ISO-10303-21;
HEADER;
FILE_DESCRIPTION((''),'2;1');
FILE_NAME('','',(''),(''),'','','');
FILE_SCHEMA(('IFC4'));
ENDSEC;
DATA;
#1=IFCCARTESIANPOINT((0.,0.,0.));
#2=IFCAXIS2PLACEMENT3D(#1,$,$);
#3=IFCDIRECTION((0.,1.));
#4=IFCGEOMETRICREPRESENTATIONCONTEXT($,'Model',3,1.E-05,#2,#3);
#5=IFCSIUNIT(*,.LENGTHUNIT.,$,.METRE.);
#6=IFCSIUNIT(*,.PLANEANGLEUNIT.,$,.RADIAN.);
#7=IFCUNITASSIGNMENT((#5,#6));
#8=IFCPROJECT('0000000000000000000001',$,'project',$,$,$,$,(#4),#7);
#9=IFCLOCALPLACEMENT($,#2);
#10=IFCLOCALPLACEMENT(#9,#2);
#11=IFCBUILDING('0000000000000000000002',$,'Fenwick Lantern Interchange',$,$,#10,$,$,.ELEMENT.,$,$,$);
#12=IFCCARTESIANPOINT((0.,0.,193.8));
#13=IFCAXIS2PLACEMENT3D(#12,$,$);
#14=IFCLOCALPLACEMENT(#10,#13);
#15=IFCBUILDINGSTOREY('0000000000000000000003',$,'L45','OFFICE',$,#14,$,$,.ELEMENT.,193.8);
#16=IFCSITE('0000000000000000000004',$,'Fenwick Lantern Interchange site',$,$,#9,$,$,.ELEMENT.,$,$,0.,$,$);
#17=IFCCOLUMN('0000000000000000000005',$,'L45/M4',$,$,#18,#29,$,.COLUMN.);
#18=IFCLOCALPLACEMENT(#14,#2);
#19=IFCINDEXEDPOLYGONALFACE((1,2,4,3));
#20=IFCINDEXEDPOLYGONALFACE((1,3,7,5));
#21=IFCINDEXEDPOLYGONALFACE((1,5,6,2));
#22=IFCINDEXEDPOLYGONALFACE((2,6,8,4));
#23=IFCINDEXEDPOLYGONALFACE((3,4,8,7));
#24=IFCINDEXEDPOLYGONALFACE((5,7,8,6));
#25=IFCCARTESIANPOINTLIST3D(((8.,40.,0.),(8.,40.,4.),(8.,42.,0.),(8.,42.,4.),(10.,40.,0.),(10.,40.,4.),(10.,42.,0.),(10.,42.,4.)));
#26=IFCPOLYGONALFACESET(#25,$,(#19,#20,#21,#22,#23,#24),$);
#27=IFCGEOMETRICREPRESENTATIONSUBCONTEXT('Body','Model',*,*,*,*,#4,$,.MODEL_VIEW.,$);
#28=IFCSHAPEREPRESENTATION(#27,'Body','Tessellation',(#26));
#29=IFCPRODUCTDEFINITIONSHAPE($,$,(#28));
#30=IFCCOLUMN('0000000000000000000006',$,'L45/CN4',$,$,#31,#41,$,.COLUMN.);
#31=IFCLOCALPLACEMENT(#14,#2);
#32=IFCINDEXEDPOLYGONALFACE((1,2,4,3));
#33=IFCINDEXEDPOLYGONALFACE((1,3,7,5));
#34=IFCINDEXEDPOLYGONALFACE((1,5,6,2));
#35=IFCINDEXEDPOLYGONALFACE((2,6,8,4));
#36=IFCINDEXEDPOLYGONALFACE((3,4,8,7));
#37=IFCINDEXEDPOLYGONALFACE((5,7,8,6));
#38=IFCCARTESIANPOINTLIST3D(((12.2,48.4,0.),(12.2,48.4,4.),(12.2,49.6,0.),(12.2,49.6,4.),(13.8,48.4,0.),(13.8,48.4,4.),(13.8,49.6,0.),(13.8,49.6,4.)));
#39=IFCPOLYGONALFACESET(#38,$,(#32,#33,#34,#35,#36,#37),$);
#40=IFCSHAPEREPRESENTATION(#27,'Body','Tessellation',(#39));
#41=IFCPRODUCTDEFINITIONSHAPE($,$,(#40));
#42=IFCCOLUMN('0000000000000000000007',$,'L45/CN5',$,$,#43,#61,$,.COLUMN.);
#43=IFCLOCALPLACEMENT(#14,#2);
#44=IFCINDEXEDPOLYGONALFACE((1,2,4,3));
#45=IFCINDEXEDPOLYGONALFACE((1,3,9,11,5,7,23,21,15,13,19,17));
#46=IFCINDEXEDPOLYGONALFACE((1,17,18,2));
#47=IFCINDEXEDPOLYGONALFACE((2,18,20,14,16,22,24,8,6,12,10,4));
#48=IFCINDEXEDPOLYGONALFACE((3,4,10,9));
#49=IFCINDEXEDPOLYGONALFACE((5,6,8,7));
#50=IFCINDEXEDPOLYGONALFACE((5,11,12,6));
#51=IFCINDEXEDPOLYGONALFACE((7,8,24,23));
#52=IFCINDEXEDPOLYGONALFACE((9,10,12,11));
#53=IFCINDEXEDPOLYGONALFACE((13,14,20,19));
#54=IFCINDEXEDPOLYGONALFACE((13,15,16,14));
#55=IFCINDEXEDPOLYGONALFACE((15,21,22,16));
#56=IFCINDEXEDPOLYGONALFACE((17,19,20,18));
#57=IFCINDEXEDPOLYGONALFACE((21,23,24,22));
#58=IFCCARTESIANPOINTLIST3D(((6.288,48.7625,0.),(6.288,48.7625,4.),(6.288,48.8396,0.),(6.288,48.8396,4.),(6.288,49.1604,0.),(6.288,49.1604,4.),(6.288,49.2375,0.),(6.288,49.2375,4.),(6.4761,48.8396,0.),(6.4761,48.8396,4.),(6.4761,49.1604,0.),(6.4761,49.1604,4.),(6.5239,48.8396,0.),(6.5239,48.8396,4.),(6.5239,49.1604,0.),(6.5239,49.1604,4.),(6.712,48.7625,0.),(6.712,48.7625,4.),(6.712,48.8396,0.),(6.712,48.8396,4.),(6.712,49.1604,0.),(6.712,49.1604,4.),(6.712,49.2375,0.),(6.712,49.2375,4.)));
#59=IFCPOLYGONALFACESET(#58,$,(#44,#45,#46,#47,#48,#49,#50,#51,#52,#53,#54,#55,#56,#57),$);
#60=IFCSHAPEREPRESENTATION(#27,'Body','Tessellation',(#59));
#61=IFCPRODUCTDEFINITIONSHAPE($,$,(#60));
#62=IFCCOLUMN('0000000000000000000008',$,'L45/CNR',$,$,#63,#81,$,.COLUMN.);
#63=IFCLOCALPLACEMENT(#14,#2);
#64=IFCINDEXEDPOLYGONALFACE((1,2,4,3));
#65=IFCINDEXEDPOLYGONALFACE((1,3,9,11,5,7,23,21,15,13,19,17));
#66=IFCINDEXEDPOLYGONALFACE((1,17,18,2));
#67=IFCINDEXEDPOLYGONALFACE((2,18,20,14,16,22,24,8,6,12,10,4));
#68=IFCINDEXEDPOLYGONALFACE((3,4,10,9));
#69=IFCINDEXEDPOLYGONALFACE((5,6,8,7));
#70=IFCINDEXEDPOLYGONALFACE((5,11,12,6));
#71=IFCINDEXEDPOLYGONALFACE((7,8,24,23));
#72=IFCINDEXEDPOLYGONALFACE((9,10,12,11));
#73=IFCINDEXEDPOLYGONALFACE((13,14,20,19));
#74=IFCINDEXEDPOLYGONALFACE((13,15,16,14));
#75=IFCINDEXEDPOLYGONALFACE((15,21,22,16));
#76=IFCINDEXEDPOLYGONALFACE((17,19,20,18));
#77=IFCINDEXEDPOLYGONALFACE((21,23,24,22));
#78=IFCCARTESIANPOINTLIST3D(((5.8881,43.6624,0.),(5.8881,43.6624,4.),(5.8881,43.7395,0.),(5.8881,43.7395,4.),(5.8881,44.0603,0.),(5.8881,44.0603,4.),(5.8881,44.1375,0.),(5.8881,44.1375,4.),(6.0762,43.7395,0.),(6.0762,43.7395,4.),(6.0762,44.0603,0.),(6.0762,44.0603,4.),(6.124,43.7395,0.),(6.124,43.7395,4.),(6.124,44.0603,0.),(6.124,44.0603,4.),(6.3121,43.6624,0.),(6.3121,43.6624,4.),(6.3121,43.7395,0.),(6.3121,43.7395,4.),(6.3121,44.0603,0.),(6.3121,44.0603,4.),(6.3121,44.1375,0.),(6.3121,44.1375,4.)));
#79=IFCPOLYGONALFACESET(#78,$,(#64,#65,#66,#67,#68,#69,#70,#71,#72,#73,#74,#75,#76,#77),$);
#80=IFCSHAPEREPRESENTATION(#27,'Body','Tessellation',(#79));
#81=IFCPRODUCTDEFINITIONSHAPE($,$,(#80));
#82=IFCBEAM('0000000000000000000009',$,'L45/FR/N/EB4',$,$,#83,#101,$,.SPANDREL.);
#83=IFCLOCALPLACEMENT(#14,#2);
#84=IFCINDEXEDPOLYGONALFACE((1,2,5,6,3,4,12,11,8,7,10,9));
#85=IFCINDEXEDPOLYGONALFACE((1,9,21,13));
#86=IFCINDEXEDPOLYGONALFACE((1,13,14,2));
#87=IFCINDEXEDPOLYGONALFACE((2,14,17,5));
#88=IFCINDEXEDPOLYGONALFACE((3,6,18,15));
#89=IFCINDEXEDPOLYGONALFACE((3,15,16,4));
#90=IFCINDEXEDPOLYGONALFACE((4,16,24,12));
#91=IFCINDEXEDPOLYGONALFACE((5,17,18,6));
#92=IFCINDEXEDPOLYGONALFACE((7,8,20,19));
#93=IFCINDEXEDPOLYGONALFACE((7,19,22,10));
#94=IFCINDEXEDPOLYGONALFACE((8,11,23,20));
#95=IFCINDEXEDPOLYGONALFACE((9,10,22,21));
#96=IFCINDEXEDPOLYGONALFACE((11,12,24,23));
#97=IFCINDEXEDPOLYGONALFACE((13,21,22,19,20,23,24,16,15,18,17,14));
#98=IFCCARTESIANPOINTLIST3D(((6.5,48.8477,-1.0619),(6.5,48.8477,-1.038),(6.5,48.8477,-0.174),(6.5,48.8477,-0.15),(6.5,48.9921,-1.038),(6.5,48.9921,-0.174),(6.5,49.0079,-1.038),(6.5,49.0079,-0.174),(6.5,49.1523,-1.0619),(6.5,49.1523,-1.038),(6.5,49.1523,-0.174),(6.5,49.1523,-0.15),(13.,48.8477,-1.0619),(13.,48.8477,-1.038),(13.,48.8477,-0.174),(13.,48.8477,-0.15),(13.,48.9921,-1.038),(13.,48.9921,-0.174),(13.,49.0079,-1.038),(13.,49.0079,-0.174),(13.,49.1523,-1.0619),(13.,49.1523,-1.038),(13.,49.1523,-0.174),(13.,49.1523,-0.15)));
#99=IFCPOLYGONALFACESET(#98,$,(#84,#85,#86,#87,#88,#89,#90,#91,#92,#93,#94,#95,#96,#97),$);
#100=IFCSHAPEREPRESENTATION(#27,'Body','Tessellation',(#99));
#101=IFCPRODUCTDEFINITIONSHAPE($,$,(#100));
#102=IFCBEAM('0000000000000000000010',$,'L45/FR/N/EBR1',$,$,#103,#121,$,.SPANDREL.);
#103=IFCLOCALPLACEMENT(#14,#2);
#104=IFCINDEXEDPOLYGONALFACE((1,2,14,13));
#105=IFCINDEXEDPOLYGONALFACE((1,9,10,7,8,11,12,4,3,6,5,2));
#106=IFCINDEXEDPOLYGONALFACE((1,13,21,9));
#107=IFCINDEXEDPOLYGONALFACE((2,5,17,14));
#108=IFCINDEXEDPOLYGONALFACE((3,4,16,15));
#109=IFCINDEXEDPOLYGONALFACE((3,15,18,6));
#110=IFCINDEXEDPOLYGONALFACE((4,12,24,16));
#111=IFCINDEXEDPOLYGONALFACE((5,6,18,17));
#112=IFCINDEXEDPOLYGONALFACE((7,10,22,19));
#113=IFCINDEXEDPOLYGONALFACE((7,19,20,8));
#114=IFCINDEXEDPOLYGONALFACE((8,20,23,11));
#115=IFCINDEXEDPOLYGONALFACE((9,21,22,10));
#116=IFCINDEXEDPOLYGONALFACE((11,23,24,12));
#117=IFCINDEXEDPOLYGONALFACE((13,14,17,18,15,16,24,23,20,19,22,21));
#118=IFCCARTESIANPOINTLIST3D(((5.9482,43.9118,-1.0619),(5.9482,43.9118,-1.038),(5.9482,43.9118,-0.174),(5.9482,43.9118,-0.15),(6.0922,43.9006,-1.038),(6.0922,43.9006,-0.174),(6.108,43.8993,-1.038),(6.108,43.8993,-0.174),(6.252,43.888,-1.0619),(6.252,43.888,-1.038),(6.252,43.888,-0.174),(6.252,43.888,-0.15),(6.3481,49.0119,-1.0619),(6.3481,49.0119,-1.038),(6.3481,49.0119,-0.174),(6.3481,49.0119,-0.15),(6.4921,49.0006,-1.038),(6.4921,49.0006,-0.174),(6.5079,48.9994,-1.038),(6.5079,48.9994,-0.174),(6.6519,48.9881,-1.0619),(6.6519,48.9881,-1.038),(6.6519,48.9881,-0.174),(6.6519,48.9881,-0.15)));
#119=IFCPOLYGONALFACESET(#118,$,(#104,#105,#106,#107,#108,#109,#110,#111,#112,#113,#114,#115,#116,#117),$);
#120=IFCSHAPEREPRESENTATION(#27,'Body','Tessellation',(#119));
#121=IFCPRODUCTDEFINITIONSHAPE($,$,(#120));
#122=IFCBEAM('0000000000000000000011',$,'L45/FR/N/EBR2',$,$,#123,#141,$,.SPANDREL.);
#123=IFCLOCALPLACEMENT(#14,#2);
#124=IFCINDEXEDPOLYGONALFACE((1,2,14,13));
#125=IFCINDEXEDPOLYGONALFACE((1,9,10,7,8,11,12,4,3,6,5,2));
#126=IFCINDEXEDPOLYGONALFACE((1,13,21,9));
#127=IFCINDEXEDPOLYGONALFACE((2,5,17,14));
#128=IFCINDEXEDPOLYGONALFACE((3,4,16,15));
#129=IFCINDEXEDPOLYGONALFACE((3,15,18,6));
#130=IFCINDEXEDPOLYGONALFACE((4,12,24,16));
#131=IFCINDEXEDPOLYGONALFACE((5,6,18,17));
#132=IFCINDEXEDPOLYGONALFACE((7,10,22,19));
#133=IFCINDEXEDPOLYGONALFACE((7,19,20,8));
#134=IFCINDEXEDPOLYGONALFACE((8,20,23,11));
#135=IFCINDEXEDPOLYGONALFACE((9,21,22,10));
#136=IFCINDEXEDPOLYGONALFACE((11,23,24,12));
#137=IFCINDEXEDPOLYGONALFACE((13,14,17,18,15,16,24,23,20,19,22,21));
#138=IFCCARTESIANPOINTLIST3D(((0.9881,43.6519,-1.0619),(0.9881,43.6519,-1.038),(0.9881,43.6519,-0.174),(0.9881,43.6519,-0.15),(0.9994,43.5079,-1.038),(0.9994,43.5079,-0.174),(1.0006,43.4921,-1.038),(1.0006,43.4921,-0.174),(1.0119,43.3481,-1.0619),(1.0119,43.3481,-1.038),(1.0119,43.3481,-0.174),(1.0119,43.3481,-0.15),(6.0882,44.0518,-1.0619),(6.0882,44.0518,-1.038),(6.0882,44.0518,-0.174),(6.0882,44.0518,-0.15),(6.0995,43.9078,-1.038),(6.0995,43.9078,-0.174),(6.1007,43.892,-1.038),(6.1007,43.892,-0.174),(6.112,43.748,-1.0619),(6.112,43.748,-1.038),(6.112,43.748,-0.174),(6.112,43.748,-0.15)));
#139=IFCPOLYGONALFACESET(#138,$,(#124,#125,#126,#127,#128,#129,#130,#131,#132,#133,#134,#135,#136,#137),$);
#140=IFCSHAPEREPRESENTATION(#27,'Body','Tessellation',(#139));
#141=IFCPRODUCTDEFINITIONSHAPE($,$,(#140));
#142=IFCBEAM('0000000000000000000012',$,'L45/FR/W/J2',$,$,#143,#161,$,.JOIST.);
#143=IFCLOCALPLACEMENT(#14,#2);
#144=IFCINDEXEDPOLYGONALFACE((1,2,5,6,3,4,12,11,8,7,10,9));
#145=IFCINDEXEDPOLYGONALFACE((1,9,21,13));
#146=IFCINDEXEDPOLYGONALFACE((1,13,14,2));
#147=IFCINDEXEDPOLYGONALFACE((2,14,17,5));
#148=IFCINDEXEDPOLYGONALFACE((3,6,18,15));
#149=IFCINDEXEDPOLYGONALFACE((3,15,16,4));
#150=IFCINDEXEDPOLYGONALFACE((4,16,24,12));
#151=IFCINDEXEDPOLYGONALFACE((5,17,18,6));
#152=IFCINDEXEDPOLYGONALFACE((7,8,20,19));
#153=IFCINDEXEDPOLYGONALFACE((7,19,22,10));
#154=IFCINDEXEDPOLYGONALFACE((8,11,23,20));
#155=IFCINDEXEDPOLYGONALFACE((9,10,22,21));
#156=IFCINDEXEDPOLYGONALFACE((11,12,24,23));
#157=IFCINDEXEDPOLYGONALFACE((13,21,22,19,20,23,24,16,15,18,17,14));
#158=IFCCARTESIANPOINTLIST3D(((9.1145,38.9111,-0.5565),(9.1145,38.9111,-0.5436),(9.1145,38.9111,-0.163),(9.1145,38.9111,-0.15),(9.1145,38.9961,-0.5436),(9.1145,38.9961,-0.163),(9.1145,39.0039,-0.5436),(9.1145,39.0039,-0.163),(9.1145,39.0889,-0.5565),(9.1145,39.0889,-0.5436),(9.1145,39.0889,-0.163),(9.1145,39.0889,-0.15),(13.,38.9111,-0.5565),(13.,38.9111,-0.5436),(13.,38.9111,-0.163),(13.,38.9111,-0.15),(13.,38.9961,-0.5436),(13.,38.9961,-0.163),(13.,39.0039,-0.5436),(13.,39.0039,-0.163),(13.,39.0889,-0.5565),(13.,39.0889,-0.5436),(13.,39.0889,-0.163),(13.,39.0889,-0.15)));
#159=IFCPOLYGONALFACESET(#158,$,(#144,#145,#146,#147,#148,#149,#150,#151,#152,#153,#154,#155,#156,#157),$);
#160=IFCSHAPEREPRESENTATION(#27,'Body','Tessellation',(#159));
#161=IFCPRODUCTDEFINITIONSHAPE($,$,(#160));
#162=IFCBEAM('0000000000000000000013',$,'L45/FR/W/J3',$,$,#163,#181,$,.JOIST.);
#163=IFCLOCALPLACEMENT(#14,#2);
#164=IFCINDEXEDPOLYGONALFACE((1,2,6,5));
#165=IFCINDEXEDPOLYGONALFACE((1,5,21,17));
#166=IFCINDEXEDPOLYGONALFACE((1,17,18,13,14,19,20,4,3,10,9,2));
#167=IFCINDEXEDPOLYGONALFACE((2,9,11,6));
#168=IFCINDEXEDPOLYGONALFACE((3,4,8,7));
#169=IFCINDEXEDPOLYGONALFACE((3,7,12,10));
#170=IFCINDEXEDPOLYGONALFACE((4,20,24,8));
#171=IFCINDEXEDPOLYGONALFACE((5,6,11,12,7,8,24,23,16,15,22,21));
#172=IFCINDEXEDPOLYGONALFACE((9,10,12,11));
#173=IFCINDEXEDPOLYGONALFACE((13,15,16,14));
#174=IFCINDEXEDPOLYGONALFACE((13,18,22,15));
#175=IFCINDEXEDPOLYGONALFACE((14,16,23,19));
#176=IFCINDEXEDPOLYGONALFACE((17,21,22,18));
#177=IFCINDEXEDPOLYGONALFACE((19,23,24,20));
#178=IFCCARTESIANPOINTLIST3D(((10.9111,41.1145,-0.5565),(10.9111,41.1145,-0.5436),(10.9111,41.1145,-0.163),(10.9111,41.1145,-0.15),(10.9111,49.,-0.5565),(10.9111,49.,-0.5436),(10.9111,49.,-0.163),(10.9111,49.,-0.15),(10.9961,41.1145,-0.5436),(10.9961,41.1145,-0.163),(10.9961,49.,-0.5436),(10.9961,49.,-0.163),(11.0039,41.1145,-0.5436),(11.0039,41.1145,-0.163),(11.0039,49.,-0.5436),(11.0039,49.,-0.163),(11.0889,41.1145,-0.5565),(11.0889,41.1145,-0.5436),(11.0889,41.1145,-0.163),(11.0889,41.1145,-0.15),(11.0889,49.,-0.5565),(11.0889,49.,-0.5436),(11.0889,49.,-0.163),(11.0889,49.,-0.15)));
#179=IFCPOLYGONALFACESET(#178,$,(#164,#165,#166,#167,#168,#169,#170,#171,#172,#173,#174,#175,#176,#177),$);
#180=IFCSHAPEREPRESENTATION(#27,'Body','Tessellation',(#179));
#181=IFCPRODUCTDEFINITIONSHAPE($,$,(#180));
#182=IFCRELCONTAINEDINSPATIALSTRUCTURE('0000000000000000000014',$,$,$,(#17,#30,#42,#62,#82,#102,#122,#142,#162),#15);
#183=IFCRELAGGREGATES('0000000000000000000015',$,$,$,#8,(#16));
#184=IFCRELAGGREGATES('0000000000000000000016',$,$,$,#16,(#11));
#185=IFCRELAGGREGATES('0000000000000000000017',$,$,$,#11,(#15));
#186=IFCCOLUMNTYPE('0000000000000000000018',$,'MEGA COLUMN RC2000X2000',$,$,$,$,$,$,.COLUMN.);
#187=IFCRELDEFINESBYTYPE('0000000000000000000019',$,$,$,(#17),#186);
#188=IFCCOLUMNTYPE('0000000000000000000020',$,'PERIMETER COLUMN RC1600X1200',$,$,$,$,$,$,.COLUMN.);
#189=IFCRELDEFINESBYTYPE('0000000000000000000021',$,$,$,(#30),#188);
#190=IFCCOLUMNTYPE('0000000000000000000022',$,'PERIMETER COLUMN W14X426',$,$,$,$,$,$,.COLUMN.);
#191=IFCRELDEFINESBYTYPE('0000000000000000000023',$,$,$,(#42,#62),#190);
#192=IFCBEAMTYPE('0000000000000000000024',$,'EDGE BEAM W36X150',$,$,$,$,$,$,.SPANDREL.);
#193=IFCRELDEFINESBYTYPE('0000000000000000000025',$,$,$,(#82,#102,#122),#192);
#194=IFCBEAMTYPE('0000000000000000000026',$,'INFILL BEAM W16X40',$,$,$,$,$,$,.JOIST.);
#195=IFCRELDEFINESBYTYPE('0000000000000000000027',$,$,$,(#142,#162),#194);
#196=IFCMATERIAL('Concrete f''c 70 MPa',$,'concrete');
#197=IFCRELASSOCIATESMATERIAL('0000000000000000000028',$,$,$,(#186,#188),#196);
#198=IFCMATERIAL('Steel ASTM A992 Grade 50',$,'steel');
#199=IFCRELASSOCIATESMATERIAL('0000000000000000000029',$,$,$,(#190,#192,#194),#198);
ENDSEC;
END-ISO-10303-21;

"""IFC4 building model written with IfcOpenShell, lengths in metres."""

from ifc_helpers import new_model, si_unit, direction, frame, origin, origin_2d, place, context, subcontext, project, spatial, rectangle, i_section, extrude, material, material_profile, profile_set, type_object, element, save


model = new_model("IFC4")

# Units and contexts
model_context = context("Model", 3, precision=1e-05, world=origin(), true_north=direction((0.0, 1.0)))
body_context = subcontext(model_context, "Body", "Model", "MODEL_VIEW")
ifc_project = project(units=[si_unit("LENGTHUNIT", "METRE"), si_unit("PLANEANGLEUNIT", "RADIAN")], contexts=[model_context])

# Site, building, storey
site_placement = place(None, origin())
site = spatial("IfcSite", under=ifc_project, at=site_placement, Name="Fenwick Lantern Interchange site", CompositionType="ELEMENT", RefElevation=0.0)
building_placement = place(site_placement, origin())
building = spatial("IfcBuilding", under=site, at=building_placement, Name="Fenwick Lantern Interchange", CompositionType="ELEMENT")
storey_placement = place(building_placement, frame((0.0, 0.0, 193.8)))
storey = spatial("IfcBuildingStorey", under=building, at=storey_placement, Name="L45", Description="OFFICE", CompositionType="ELEMENT", Elevation=193.8)

# Columns
ifc_material_1 = material(Name="Concrete f'c 70 MPa", Category="concrete")
ifc_material_profile_1 = material_profile(ifc_material_1, rectangle(XDim=2.0, YDim=2.0, at=origin_2d()), Name="RC2000X2000")
ifc_profile_set_1 = profile_set([ifc_material_profile_1], Name="Concrete f'c 70 MPa")
column_type_1 = type_object("IfcColumnType", Name="MEGA COLUMN RC2000X2000", PredefinedType="COLUMN", material=ifc_profile_set_1)
column_1_placement = place(storey_placement, frame((9.0, 41.0, 0.0), z_axis=(0.0, 0.0, 1.0), x_axis=(1.0, 0.0, 0.0)))
element("IfcColumn", 1, at=column_1_placement, inside=storey, type_object=column_type_1, Name="L45/M4", PredefinedType="COLUMN", context=body_context, shape_type="SweptSolid", body=[
    extrude(rectangle(XDim=2.0, YDim=2.0, at=origin_2d()), origin(), (0.0, 0.0, 1.0), 4.0),
])
ifc_material_profile_2 = material_profile(ifc_material_1, rectangle(XDim=1.6001, YDim=1.2, at=origin_2d()), Name="RC1600X1200")
ifc_profile_set_2 = profile_set([ifc_material_profile_2], Name="Concrete f'c 70 MPa")
column_type_2 = type_object("IfcColumnType", Name="PERIMETER COLUMN RC1600X1200", PredefinedType="COLUMN", material=ifc_profile_set_2)
column_2_placement = place(storey_placement, frame((13.0, 49.0, 0.0), z_axis=(0.0, 0.0, 1.0), x_axis=(1.0, 0.0, 0.0)))
element("IfcColumn", 2, at=column_2_placement, inside=storey, type_object=column_type_2, Name="L45/CN4", PredefinedType="COLUMN", context=body_context, shape_type="SweptSolid", body=[
    extrude(rectangle(XDim=1.6001, YDim=1.2, at=origin_2d()), origin(), (0.0, 0.0, 1.0), 4.0),
])
ifc_material_2 = material(Name="Steel ASTM A992 Grade 50", Category="steel")
ifc_material_profile_3 = material_profile(ifc_material_2, i_section(OverallWidth=0.4241, OverallDepth=0.4751, WebThickness=0.0479, FlangeThickness=0.0771, at=origin_2d()), Name="W14X426")
ifc_profile_set_3 = profile_set([ifc_material_profile_3], Name="Steel ASTM A992 Grade 50")
column_type_3 = type_object("IfcColumnType", Name="PERIMETER COLUMN W14X426", PredefinedType="COLUMN", material=ifc_profile_set_3)
for number, where, z_axis, x_axis, name in (
    (3, (6.5, 49.0, 0.0), (0.0, 0.0, 1.0), (1.0, 0.0, 0.0), "L45/CN5"),
    (4, (6.1001, 43.8999, 0.0), (0.0, 0.0, 1.0), (1.0, 0.0, 0.0), "L45/CNR"),
):
    element("IfcColumn", number, at=place(storey_placement, frame(where, z_axis=z_axis, x_axis=x_axis)), inside=storey, type_object=column_type_3, Name=name, PredefinedType="COLUMN", context=body_context, shape_type="SweptSolid", body=[
        extrude(i_section(OverallWidth=0.4241, OverallDepth=0.4751, WebThickness=0.0479, FlangeThickness=0.0771, at=origin_2d()), origin(), (0.0, 0.0, 1.0), 4.0),
    ])

# Beams
ifc_material_profile_4 = material_profile(ifc_material_2, i_section(OverallWidth=0.3047, OverallDepth=0.9119, WebThickness=0.0159, FlangeThickness=0.0239, at=origin_2d()), Name="W36X150")
ifc_profile_set_4 = profile_set([ifc_material_profile_4], Name="Steel ASTM A992 Grade 50")
beam_type_1 = type_object("IfcBeamType", Name="EDGE BEAM W36X150", PredefinedType="SPANDREL", material=ifc_profile_set_4)
beam_1_placement = place(storey_placement, frame((13.0, 49.0, -0.606), z_axis=(-1.0, 0.0, 0.0), x_axis=(0.0, -1.0, 0.0)))
element("IfcBeam", 5, at=beam_1_placement, inside=storey, type_object=beam_type_1, Name="L45/FR/N/EB4", PredefinedType="SPANDREL", context=body_context, shape_type="SweptSolid", body=[
    extrude(i_section(OverallWidth=0.3047, OverallDepth=0.9119, WebThickness=0.0159, FlangeThickness=0.0239, at=origin_2d()), origin(), (0.0, 0.0, 1.0), 6.5),
])
for number, where, z_axis, x_axis, name in (
    (6, (6.5, 49.0, -0.606), (-0.078171, -0.99694, 0.0), (0.99694, -0.078171, 0.0), "L45/FR/N/EBR1"),
    (7, (6.1001, 43.8999, -0.606), (-0.99694, -0.078171, 0.0), (0.078171, -0.99694, 0.0), "L45/FR/N/EBR2"),
):
    element("IfcBeam", number, at=place(storey_placement, frame(where, z_axis=z_axis, x_axis=x_axis)), inside=storey, type_object=beam_type_1, Name=name, PredefinedType="SPANDREL", context=body_context, shape_type="SweptSolid", body=[
        extrude(i_section(OverallWidth=0.3047, OverallDepth=0.9119, WebThickness=0.0159, FlangeThickness=0.0239, at=origin_2d()), origin(), (0.0, 0.0, 1.0), 5.1157),
    ])
ifc_material_profile_5 = material_profile(ifc_material_2, i_section(OverallWidth=0.1777, OverallDepth=0.4065, WebThickness=0.0078, FlangeThickness=0.0129, at=origin_2d()), Name="W16X40")
ifc_profile_set_5 = profile_set([ifc_material_profile_5], Name="Steel ASTM A992 Grade 50")
beam_type_2 = type_object("IfcBeamType", Name="INFILL BEAM W16X40", PredefinedType="JOIST", material=ifc_profile_set_5)
beam_2_placement = place(storey_placement, frame((9.1145, 39.0, -0.3533), z_axis=(1.0, 0.0, 0.0), x_axis=(0.0, 1.0, 0.0)))
element("IfcBeam", 8, at=beam_2_placement, inside=storey, type_object=beam_type_2, Name="L45/FR/W/J2", PredefinedType="JOIST", context=body_context, shape_type="SweptSolid", body=[
    extrude(i_section(OverallWidth=0.1777, OverallDepth=0.4065, WebThickness=0.0078, FlangeThickness=0.0129, at=origin_2d()), origin(), (0.0, 0.0, 1.0), 3.8855),
])
beam_3_placement = place(storey_placement, frame((11.0, 49.0, -0.3533), z_axis=(0.0, -1.0, 0.0), x_axis=(1.0, 0.0, 0.0)))
element("IfcBeam", 9, at=beam_3_placement, inside=storey, type_object=beam_type_2, Name="L45/FR/W/J3", PredefinedType="JOIST", context=body_context, shape_type="SweptSolid", body=[
    extrude(i_section(OverallWidth=0.1777, OverallDepth=0.4065, WebThickness=0.0078, FlangeThickness=0.0129, at=origin_2d()), origin(), (0.0, 0.0, 1.0), 7.8855),
])

save(model, "model.ifc")
